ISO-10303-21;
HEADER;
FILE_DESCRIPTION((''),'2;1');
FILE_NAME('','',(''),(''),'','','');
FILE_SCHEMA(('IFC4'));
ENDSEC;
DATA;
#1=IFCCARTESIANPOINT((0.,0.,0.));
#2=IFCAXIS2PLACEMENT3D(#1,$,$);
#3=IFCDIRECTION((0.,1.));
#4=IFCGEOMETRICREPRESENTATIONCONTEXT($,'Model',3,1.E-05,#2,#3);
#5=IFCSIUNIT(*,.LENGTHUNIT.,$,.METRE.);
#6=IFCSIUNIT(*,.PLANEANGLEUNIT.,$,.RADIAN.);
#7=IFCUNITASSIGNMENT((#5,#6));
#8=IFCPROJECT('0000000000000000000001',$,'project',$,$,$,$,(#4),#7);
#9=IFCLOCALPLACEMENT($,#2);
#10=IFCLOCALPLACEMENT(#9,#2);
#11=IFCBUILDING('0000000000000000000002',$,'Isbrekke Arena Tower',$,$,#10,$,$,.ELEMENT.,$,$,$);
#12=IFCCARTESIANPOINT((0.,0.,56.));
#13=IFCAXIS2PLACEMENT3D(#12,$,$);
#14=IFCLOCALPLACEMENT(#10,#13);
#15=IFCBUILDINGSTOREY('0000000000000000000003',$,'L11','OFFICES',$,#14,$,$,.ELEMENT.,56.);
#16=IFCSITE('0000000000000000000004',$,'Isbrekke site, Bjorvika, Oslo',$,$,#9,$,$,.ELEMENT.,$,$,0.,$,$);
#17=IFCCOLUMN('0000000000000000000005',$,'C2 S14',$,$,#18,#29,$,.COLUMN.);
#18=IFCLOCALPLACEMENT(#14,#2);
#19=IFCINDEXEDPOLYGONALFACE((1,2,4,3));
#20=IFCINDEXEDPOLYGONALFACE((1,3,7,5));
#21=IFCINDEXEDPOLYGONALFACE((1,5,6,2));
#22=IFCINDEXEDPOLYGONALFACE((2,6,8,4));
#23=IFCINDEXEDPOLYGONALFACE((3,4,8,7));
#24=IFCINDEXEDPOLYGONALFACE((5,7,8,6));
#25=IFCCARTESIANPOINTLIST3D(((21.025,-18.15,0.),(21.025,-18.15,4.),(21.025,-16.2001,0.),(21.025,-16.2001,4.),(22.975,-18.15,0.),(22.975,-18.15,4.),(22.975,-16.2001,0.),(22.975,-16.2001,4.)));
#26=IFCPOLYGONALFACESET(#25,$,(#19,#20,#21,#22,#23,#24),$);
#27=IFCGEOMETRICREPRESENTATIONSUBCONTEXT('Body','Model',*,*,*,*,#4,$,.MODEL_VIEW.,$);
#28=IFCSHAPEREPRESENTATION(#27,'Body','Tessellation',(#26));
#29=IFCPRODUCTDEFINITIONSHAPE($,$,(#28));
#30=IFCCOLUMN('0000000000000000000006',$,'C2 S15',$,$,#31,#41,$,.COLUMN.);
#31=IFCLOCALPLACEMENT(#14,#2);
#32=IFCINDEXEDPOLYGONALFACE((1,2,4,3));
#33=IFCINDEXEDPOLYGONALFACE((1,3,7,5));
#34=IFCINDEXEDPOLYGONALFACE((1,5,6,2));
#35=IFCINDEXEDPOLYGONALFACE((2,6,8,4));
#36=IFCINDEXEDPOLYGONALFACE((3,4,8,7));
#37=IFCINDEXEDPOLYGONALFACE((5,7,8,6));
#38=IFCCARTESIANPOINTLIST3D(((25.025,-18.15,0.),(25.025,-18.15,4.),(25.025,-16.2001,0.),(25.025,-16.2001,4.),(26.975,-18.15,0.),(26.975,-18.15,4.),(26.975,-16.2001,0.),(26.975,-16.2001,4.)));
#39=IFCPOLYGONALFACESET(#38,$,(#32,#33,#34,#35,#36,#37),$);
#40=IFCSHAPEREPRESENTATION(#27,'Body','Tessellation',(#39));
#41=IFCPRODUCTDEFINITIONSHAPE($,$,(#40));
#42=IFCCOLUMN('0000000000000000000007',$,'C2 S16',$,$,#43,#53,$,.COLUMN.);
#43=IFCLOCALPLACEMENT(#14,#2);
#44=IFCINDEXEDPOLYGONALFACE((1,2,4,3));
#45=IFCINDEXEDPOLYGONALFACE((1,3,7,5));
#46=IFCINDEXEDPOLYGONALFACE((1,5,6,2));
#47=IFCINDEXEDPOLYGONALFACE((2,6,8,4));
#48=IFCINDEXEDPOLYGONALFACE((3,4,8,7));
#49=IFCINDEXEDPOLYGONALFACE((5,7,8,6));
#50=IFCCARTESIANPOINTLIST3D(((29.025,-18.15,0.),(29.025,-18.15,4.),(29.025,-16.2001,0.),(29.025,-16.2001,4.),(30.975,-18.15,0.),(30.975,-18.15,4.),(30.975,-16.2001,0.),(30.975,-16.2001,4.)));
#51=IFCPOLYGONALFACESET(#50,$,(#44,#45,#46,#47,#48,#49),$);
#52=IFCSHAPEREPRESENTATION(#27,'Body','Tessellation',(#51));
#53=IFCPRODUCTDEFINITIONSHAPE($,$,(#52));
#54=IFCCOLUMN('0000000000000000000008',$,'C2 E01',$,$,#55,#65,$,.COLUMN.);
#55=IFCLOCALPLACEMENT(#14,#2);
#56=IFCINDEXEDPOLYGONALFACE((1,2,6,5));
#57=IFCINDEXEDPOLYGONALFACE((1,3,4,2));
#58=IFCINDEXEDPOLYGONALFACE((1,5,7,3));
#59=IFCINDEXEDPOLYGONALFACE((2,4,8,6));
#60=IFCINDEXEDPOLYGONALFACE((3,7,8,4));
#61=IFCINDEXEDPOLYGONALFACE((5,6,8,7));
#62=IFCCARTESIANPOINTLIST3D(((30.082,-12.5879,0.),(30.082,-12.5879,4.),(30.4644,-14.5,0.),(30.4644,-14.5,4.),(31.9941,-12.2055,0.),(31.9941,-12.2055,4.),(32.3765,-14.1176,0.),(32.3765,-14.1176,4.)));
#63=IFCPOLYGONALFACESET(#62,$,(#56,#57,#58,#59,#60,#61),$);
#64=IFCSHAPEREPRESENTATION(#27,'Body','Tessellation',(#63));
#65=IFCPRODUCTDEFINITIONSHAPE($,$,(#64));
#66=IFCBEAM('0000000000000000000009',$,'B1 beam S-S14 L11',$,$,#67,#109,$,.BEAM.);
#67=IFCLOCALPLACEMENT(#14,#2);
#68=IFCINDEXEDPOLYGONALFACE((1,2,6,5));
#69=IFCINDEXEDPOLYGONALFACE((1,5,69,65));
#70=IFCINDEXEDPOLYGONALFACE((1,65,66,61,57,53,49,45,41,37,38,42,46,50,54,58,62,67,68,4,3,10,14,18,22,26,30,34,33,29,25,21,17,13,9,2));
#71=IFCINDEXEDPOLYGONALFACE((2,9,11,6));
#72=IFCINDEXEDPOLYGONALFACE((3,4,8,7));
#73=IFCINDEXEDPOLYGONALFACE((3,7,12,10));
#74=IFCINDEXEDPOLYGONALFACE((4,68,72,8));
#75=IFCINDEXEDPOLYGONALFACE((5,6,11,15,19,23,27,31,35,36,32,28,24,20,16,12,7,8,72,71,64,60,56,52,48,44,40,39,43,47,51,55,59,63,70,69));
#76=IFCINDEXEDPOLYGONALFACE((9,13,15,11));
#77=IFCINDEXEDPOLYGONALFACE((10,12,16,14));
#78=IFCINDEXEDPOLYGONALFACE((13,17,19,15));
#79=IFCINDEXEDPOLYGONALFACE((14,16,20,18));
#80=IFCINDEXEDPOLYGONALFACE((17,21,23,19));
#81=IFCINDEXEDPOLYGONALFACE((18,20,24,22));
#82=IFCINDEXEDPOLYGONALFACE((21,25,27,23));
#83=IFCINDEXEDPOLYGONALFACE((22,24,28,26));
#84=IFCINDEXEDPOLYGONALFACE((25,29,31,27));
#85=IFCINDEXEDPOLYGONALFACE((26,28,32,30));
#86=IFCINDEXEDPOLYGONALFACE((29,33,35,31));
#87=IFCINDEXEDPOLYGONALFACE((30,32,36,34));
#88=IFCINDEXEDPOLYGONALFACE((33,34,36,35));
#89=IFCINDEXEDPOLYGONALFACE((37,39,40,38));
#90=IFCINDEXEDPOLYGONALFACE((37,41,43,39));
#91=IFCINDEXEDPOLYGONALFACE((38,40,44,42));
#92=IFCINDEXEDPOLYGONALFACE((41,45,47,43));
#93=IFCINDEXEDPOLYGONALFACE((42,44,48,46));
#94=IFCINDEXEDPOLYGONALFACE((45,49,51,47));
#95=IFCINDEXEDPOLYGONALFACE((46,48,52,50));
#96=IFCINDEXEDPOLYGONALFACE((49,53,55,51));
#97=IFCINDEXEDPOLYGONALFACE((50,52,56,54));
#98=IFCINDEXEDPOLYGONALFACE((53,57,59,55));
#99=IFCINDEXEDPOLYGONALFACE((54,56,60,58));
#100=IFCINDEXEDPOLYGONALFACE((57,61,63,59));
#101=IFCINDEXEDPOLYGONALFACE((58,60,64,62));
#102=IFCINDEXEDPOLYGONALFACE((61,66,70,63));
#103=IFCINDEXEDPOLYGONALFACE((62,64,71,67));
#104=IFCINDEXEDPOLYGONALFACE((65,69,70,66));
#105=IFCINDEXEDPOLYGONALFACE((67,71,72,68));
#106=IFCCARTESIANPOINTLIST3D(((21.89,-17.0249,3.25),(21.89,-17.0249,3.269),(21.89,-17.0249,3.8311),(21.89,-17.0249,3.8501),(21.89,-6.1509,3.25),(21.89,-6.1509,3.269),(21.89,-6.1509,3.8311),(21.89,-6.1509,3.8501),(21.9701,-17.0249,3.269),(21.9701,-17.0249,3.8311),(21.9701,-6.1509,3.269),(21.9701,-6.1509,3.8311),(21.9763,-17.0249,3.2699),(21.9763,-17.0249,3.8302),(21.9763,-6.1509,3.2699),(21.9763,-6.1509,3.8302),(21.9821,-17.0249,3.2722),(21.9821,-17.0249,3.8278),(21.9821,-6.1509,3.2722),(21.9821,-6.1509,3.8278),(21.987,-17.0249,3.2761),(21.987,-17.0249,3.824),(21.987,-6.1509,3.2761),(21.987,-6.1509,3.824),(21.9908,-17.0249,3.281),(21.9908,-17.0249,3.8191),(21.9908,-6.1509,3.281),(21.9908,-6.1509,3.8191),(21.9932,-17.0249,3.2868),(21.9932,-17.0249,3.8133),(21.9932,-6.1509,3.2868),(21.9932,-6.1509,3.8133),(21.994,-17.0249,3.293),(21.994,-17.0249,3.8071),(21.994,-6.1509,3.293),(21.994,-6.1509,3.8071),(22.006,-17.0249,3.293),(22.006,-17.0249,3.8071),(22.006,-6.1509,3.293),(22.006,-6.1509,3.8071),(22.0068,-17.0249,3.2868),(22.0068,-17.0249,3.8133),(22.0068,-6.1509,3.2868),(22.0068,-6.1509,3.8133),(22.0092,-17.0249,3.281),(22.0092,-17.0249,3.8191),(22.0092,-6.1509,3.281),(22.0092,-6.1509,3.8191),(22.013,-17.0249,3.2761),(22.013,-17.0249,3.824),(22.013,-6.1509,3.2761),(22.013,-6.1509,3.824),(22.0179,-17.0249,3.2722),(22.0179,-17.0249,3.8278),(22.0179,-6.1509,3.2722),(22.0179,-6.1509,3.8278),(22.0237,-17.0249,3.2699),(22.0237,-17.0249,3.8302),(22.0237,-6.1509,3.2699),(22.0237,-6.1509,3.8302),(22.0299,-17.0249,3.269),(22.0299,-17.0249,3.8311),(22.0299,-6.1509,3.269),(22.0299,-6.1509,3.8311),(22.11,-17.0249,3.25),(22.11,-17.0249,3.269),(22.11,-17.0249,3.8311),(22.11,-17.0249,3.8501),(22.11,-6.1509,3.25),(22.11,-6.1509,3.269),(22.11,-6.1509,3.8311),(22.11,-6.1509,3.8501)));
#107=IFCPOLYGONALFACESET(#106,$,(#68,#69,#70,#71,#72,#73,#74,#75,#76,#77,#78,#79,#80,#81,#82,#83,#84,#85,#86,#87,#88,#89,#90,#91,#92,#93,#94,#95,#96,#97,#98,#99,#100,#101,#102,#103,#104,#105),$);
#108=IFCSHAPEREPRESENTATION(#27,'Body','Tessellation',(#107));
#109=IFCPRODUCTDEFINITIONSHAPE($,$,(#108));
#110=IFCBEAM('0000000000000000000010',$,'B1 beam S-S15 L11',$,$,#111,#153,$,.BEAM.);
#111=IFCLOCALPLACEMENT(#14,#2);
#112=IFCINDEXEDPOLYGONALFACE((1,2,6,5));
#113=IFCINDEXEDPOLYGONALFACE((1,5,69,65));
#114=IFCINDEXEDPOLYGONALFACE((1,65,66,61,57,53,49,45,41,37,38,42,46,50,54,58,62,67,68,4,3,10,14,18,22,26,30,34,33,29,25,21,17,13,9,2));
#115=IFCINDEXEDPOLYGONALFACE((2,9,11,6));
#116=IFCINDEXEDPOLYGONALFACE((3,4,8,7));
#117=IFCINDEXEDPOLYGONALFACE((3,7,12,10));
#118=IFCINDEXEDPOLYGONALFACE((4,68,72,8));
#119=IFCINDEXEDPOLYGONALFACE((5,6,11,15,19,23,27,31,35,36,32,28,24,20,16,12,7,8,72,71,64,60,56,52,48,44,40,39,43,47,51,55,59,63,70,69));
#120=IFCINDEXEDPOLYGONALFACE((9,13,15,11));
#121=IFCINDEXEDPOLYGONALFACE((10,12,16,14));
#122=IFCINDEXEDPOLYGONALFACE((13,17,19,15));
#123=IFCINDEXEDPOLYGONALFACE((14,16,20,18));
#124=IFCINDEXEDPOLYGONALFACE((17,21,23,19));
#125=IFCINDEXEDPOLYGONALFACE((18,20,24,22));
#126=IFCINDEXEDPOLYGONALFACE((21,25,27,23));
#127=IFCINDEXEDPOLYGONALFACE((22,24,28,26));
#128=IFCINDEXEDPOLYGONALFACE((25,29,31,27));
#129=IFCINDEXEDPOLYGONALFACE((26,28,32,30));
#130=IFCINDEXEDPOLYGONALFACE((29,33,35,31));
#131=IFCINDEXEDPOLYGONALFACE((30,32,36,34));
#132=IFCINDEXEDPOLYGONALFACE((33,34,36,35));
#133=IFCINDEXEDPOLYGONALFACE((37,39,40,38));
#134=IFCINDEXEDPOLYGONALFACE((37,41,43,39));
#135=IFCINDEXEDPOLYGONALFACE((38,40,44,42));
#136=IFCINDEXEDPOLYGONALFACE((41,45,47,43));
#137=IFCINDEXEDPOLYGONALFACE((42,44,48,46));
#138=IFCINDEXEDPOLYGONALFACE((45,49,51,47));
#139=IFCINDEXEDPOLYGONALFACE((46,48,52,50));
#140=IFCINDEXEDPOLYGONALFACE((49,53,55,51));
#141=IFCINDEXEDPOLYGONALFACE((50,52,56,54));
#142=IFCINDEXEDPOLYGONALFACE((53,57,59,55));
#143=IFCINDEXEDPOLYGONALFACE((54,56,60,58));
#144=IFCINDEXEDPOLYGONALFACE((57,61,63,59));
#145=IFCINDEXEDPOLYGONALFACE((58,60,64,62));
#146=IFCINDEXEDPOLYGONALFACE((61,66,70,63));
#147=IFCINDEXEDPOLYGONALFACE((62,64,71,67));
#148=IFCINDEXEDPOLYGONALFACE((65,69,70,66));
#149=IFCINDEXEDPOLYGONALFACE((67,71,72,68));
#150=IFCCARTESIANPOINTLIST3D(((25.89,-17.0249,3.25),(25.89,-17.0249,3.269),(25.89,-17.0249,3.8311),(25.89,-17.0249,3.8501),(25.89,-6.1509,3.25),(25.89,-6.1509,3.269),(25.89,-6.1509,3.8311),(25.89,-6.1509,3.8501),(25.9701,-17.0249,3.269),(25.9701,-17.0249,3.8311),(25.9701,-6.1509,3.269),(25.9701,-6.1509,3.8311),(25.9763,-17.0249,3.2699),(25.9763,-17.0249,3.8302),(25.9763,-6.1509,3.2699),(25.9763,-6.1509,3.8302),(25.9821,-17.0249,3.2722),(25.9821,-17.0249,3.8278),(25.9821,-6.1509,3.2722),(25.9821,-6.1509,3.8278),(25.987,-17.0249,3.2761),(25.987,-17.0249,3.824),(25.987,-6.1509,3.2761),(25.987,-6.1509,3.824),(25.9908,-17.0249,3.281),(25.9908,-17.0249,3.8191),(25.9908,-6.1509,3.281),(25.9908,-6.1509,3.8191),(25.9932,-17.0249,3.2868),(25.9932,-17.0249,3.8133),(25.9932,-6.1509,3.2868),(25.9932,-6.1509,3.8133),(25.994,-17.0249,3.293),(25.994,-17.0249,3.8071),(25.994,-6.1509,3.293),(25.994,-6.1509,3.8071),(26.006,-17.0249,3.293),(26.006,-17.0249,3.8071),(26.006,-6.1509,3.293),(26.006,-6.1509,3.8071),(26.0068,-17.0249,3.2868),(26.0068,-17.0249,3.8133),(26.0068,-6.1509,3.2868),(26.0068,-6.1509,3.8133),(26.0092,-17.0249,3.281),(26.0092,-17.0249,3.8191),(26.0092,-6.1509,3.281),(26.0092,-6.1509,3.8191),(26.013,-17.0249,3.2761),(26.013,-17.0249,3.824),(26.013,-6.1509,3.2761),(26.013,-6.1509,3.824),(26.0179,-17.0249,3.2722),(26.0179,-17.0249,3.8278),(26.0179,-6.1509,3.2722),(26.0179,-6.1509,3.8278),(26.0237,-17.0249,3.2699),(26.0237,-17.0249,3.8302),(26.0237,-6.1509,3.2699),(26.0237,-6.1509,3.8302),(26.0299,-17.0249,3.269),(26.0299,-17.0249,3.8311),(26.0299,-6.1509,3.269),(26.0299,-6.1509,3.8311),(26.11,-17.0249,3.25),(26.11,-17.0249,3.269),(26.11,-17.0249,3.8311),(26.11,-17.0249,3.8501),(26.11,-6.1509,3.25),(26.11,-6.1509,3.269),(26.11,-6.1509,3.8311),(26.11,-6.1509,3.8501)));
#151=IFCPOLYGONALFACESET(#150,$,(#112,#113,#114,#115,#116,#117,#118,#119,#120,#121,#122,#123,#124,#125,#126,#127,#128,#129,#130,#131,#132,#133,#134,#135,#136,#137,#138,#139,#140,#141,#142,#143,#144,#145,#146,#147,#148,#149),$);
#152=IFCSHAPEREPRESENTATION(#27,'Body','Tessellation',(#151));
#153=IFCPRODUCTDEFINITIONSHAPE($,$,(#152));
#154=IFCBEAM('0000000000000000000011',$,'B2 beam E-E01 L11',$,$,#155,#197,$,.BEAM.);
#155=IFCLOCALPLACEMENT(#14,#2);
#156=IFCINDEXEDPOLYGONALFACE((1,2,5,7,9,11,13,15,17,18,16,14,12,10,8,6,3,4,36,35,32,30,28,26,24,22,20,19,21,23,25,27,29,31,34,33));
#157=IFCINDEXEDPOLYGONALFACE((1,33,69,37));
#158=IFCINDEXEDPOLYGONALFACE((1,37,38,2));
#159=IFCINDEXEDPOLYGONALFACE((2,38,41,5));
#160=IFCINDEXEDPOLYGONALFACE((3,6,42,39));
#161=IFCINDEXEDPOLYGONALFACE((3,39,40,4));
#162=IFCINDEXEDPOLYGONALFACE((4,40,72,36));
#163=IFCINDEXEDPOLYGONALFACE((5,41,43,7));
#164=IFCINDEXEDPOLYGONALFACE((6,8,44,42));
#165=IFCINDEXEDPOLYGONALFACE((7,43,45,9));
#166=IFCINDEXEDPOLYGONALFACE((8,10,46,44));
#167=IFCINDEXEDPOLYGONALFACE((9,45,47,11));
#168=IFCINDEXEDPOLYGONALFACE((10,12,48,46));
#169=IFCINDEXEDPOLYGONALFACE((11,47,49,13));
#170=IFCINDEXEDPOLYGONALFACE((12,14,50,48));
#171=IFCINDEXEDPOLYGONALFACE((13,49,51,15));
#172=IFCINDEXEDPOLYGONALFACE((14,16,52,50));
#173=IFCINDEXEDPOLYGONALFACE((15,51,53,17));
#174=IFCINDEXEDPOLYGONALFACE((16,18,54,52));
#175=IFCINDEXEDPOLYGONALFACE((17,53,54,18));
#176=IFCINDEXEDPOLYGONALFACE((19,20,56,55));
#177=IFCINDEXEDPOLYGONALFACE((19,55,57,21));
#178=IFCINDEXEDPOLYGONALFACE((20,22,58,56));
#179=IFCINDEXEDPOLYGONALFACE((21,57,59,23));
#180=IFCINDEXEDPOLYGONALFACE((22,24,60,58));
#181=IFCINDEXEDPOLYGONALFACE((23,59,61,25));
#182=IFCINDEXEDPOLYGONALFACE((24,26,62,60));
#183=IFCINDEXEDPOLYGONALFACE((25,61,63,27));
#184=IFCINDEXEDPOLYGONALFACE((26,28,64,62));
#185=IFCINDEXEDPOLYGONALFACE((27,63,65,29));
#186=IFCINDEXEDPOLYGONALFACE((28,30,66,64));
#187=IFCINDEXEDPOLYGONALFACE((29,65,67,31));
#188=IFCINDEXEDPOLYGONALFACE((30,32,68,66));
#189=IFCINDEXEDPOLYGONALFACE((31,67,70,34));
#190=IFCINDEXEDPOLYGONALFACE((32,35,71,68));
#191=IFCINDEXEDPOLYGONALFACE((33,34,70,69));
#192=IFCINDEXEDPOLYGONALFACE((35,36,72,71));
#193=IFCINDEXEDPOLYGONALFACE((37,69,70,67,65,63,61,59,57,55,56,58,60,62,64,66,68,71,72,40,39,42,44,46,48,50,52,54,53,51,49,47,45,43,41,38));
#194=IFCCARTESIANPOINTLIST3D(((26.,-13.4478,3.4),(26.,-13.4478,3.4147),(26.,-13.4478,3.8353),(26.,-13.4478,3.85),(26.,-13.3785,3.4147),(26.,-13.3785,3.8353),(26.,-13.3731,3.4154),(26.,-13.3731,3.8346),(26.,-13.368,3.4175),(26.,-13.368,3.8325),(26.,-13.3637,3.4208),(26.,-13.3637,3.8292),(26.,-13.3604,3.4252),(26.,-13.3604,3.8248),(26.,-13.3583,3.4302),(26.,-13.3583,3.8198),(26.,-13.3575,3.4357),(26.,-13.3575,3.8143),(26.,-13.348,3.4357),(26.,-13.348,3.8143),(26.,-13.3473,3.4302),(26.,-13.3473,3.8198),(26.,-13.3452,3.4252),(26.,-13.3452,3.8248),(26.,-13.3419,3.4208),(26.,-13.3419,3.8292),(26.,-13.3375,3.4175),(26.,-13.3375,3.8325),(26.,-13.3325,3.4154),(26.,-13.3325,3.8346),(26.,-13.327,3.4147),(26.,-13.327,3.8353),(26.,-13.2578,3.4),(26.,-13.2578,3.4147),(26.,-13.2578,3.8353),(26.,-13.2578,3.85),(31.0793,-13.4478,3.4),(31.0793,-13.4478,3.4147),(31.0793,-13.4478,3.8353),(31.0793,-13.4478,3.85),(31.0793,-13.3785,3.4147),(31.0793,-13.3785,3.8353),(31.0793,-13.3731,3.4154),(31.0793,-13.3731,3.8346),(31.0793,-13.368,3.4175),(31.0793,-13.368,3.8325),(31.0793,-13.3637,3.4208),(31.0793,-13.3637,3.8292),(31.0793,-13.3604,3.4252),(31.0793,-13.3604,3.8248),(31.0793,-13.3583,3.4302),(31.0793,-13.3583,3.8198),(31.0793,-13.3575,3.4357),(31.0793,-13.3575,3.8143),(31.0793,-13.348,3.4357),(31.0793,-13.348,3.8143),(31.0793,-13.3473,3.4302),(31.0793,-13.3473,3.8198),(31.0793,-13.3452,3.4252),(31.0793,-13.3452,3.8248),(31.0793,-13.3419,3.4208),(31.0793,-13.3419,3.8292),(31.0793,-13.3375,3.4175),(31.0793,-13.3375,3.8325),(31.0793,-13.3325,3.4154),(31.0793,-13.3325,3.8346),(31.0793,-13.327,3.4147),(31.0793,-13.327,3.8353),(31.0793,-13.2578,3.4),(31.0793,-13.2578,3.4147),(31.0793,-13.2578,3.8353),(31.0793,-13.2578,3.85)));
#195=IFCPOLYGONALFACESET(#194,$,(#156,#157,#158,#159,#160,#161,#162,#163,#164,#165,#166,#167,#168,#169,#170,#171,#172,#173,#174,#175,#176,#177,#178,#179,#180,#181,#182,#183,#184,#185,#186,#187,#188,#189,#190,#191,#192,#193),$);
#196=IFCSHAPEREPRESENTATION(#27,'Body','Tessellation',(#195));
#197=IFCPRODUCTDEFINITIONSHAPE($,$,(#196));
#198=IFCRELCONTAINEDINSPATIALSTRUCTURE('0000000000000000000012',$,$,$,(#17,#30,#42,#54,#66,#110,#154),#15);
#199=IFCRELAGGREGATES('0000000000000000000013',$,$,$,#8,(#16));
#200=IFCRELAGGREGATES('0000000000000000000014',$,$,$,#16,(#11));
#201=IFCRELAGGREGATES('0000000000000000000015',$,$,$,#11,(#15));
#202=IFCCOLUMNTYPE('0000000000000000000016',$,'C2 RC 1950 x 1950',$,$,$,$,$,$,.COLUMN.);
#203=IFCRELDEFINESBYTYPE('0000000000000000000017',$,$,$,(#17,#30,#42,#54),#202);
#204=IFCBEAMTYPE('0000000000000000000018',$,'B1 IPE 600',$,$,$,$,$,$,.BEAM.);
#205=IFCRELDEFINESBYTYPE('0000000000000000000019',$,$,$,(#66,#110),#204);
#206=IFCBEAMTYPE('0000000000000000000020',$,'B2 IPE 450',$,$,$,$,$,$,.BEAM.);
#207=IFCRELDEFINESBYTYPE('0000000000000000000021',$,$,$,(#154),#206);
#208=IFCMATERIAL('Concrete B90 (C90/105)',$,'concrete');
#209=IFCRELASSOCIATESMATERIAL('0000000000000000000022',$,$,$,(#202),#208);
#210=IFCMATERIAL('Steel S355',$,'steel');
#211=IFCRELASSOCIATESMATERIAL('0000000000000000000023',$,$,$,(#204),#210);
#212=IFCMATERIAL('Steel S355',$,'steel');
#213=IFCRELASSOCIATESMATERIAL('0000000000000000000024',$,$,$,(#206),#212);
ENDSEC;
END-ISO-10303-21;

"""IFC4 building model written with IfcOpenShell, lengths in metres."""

from ifc_helpers import new_model, si_unit, direction, frame, origin, origin_2d, place, context, subcontext, project, spatial, rectangle, i_section, extrude, material, material_profile, profile_set, type_object, element, save


model = new_model("IFC4")

# Units and contexts
model_context = context("Model", 3, precision=1e-05, world=origin(), true_north=direction((0.0, 1.0)))
body_context = subcontext(model_context, "Body", "Model", "MODEL_VIEW")
ifc_project = project(units=[si_unit("LENGTHUNIT", "METRE"), si_unit("PLANEANGLEUNIT", "RADIAN")], contexts=[model_context])

# Site, building, storey
site_placement = place(None, origin())
site = spatial("IfcSite", under=ifc_project, at=site_placement, Name="Isbrekke site, Bjorvika, Oslo", CompositionType="ELEMENT", RefElevation=0.0)
building_placement = place(site_placement, origin())
building = spatial("IfcBuilding", under=site, at=building_placement, Name="Isbrekke Arena Tower", CompositionType="ELEMENT")
storey_placement = place(building_placement, frame((0.0, 0.0, 56.0)))
storey = spatial("IfcBuildingStorey", under=building, at=storey_placement, Name="L11", Description="OFFICES", CompositionType="ELEMENT", Elevation=56.0)

# Columns
ifc_material_1 = material(Name="Concrete B90 (C90/105)", Category="concrete")
ifc_material_profile_1 = material_profile(ifc_material_1, rectangle(XDim=1.95, YDim=1.95, at=origin_2d()), Name="RC 1950x1950")
ifc_profile_set_1 = profile_set([ifc_material_profile_1], Name="Concrete B90 (C90/105)")
column_type = type_object("IfcColumnType", Name="C2 RC 1950 x 1950", PredefinedType="COLUMN", material=ifc_profile_set_1)
for number, where, z_axis, x_axis, name in (
    (1, (22.0, -17.175, 0.0), (0.0, 0.0, 1.0), (1.0, 0.0, 0.0), "C2 S14"),
    (2, (26.0, -17.175, 0.0), (0.0, 0.0, 1.0), (1.0, 0.0, 0.0), "C2 S15"),
    (3, (30.0, -17.175, 0.0), (0.0, 0.0, 1.0), (1.0, 0.0, 0.0), "C2 S16"),
    (4, (31.2292, -13.3528, 0.0), (0.0, 0.0, 1.0), (-0.196116, 0.980581, 0.0), "C2 E01"),
):
    element("IfcColumn", number, at=place(storey_placement, frame(where, z_axis=z_axis, x_axis=x_axis)), inside=storey, type_object=column_type, Name=name, PredefinedType="COLUMN", context=body_context, shape_type="SweptSolid", body=[
        extrude(rectangle(XDim=1.95, YDim=1.95, at=origin_2d()), origin(), (0.0, 0.0, 1.0), 4.0),
    ])

# Beams
ifc_material_2 = material(Name="Steel S355", Category="steel")
ifc_material_profile_2 = material_profile(ifc_material_2, i_section(OverallWidth=0.22, OverallDepth=0.6001, WebThickness=0.012, FlangeThickness=0.019, FilletRadius=0.0239, at=origin_2d()), Name="IPE 600")
ifc_profile_set_2 = profile_set([ifc_material_profile_2], Name="Steel S355")
beam_type_1 = type_object("IfcBeamType", Name="B1 IPE 600", PredefinedType="BEAM", material=ifc_profile_set_2)
for number, where, z_axis, x_axis, name in (
    (5, (22.0, -17.0249, 3.55), (0.0, 1.0, 0.0), (-1.0, 0.0, 0.0), "B1 beam S-S14 L11"),
    (6, (26.0, -17.0249, 3.55), (0.0, 1.0, 0.0), (-1.0, 0.0, 0.0), "B1 beam S-S15 L11"),
):
    element("IfcBeam", number, at=place(storey_placement, frame(where, z_axis=z_axis, x_axis=x_axis)), inside=storey, type_object=beam_type_1, Name=name, PredefinedType="BEAM", context=body_context, shape_type="SweptSolid", body=[
        extrude(i_section(OverallWidth=0.22, OverallDepth=0.6001, WebThickness=0.012, FlangeThickness=0.019, FilletRadius=0.0239, at=origin_2d()), origin(), (0.0, 0.0, 1.0), 10.874),
    ])
ifc_material_3 = material(Name="Steel S355", Category="steel")
ifc_material_profile_3 = material_profile(ifc_material_3, i_section(OverallWidth=0.1899, OverallDepth=0.45, WebThickness=0.0095, FlangeThickness=0.0146, FilletRadius=0.021, at=origin_2d()), Name="IPE 450")
ifc_profile_set_3 = profile_set([ifc_material_profile_3], Name="Steel S355")
beam_type_2 = type_object("IfcBeamType", Name="B2 IPE 450", PredefinedType="BEAM", material=ifc_profile_set_3)
beam_1_placement = place(storey_placement, frame((31.0793, -13.3528, 3.625), z_axis=(-1.0, 0.0, 0.0), x_axis=(0.0, -1.0, 0.0)))
element("IfcBeam", 7, at=beam_1_placement, inside=storey, type_object=beam_type_2, Name="B2 beam E-E01 L11", PredefinedType="BEAM", context=body_context, shape_type="SweptSolid", body=[
    extrude(i_section(OverallWidth=0.1899, OverallDepth=0.45, WebThickness=0.0095, FlangeThickness=0.0146, FilletRadius=0.021, at=origin_2d()), origin(), (0.0, 0.0, 1.0), 5.0793),
])

save(model, "model.ifc")
